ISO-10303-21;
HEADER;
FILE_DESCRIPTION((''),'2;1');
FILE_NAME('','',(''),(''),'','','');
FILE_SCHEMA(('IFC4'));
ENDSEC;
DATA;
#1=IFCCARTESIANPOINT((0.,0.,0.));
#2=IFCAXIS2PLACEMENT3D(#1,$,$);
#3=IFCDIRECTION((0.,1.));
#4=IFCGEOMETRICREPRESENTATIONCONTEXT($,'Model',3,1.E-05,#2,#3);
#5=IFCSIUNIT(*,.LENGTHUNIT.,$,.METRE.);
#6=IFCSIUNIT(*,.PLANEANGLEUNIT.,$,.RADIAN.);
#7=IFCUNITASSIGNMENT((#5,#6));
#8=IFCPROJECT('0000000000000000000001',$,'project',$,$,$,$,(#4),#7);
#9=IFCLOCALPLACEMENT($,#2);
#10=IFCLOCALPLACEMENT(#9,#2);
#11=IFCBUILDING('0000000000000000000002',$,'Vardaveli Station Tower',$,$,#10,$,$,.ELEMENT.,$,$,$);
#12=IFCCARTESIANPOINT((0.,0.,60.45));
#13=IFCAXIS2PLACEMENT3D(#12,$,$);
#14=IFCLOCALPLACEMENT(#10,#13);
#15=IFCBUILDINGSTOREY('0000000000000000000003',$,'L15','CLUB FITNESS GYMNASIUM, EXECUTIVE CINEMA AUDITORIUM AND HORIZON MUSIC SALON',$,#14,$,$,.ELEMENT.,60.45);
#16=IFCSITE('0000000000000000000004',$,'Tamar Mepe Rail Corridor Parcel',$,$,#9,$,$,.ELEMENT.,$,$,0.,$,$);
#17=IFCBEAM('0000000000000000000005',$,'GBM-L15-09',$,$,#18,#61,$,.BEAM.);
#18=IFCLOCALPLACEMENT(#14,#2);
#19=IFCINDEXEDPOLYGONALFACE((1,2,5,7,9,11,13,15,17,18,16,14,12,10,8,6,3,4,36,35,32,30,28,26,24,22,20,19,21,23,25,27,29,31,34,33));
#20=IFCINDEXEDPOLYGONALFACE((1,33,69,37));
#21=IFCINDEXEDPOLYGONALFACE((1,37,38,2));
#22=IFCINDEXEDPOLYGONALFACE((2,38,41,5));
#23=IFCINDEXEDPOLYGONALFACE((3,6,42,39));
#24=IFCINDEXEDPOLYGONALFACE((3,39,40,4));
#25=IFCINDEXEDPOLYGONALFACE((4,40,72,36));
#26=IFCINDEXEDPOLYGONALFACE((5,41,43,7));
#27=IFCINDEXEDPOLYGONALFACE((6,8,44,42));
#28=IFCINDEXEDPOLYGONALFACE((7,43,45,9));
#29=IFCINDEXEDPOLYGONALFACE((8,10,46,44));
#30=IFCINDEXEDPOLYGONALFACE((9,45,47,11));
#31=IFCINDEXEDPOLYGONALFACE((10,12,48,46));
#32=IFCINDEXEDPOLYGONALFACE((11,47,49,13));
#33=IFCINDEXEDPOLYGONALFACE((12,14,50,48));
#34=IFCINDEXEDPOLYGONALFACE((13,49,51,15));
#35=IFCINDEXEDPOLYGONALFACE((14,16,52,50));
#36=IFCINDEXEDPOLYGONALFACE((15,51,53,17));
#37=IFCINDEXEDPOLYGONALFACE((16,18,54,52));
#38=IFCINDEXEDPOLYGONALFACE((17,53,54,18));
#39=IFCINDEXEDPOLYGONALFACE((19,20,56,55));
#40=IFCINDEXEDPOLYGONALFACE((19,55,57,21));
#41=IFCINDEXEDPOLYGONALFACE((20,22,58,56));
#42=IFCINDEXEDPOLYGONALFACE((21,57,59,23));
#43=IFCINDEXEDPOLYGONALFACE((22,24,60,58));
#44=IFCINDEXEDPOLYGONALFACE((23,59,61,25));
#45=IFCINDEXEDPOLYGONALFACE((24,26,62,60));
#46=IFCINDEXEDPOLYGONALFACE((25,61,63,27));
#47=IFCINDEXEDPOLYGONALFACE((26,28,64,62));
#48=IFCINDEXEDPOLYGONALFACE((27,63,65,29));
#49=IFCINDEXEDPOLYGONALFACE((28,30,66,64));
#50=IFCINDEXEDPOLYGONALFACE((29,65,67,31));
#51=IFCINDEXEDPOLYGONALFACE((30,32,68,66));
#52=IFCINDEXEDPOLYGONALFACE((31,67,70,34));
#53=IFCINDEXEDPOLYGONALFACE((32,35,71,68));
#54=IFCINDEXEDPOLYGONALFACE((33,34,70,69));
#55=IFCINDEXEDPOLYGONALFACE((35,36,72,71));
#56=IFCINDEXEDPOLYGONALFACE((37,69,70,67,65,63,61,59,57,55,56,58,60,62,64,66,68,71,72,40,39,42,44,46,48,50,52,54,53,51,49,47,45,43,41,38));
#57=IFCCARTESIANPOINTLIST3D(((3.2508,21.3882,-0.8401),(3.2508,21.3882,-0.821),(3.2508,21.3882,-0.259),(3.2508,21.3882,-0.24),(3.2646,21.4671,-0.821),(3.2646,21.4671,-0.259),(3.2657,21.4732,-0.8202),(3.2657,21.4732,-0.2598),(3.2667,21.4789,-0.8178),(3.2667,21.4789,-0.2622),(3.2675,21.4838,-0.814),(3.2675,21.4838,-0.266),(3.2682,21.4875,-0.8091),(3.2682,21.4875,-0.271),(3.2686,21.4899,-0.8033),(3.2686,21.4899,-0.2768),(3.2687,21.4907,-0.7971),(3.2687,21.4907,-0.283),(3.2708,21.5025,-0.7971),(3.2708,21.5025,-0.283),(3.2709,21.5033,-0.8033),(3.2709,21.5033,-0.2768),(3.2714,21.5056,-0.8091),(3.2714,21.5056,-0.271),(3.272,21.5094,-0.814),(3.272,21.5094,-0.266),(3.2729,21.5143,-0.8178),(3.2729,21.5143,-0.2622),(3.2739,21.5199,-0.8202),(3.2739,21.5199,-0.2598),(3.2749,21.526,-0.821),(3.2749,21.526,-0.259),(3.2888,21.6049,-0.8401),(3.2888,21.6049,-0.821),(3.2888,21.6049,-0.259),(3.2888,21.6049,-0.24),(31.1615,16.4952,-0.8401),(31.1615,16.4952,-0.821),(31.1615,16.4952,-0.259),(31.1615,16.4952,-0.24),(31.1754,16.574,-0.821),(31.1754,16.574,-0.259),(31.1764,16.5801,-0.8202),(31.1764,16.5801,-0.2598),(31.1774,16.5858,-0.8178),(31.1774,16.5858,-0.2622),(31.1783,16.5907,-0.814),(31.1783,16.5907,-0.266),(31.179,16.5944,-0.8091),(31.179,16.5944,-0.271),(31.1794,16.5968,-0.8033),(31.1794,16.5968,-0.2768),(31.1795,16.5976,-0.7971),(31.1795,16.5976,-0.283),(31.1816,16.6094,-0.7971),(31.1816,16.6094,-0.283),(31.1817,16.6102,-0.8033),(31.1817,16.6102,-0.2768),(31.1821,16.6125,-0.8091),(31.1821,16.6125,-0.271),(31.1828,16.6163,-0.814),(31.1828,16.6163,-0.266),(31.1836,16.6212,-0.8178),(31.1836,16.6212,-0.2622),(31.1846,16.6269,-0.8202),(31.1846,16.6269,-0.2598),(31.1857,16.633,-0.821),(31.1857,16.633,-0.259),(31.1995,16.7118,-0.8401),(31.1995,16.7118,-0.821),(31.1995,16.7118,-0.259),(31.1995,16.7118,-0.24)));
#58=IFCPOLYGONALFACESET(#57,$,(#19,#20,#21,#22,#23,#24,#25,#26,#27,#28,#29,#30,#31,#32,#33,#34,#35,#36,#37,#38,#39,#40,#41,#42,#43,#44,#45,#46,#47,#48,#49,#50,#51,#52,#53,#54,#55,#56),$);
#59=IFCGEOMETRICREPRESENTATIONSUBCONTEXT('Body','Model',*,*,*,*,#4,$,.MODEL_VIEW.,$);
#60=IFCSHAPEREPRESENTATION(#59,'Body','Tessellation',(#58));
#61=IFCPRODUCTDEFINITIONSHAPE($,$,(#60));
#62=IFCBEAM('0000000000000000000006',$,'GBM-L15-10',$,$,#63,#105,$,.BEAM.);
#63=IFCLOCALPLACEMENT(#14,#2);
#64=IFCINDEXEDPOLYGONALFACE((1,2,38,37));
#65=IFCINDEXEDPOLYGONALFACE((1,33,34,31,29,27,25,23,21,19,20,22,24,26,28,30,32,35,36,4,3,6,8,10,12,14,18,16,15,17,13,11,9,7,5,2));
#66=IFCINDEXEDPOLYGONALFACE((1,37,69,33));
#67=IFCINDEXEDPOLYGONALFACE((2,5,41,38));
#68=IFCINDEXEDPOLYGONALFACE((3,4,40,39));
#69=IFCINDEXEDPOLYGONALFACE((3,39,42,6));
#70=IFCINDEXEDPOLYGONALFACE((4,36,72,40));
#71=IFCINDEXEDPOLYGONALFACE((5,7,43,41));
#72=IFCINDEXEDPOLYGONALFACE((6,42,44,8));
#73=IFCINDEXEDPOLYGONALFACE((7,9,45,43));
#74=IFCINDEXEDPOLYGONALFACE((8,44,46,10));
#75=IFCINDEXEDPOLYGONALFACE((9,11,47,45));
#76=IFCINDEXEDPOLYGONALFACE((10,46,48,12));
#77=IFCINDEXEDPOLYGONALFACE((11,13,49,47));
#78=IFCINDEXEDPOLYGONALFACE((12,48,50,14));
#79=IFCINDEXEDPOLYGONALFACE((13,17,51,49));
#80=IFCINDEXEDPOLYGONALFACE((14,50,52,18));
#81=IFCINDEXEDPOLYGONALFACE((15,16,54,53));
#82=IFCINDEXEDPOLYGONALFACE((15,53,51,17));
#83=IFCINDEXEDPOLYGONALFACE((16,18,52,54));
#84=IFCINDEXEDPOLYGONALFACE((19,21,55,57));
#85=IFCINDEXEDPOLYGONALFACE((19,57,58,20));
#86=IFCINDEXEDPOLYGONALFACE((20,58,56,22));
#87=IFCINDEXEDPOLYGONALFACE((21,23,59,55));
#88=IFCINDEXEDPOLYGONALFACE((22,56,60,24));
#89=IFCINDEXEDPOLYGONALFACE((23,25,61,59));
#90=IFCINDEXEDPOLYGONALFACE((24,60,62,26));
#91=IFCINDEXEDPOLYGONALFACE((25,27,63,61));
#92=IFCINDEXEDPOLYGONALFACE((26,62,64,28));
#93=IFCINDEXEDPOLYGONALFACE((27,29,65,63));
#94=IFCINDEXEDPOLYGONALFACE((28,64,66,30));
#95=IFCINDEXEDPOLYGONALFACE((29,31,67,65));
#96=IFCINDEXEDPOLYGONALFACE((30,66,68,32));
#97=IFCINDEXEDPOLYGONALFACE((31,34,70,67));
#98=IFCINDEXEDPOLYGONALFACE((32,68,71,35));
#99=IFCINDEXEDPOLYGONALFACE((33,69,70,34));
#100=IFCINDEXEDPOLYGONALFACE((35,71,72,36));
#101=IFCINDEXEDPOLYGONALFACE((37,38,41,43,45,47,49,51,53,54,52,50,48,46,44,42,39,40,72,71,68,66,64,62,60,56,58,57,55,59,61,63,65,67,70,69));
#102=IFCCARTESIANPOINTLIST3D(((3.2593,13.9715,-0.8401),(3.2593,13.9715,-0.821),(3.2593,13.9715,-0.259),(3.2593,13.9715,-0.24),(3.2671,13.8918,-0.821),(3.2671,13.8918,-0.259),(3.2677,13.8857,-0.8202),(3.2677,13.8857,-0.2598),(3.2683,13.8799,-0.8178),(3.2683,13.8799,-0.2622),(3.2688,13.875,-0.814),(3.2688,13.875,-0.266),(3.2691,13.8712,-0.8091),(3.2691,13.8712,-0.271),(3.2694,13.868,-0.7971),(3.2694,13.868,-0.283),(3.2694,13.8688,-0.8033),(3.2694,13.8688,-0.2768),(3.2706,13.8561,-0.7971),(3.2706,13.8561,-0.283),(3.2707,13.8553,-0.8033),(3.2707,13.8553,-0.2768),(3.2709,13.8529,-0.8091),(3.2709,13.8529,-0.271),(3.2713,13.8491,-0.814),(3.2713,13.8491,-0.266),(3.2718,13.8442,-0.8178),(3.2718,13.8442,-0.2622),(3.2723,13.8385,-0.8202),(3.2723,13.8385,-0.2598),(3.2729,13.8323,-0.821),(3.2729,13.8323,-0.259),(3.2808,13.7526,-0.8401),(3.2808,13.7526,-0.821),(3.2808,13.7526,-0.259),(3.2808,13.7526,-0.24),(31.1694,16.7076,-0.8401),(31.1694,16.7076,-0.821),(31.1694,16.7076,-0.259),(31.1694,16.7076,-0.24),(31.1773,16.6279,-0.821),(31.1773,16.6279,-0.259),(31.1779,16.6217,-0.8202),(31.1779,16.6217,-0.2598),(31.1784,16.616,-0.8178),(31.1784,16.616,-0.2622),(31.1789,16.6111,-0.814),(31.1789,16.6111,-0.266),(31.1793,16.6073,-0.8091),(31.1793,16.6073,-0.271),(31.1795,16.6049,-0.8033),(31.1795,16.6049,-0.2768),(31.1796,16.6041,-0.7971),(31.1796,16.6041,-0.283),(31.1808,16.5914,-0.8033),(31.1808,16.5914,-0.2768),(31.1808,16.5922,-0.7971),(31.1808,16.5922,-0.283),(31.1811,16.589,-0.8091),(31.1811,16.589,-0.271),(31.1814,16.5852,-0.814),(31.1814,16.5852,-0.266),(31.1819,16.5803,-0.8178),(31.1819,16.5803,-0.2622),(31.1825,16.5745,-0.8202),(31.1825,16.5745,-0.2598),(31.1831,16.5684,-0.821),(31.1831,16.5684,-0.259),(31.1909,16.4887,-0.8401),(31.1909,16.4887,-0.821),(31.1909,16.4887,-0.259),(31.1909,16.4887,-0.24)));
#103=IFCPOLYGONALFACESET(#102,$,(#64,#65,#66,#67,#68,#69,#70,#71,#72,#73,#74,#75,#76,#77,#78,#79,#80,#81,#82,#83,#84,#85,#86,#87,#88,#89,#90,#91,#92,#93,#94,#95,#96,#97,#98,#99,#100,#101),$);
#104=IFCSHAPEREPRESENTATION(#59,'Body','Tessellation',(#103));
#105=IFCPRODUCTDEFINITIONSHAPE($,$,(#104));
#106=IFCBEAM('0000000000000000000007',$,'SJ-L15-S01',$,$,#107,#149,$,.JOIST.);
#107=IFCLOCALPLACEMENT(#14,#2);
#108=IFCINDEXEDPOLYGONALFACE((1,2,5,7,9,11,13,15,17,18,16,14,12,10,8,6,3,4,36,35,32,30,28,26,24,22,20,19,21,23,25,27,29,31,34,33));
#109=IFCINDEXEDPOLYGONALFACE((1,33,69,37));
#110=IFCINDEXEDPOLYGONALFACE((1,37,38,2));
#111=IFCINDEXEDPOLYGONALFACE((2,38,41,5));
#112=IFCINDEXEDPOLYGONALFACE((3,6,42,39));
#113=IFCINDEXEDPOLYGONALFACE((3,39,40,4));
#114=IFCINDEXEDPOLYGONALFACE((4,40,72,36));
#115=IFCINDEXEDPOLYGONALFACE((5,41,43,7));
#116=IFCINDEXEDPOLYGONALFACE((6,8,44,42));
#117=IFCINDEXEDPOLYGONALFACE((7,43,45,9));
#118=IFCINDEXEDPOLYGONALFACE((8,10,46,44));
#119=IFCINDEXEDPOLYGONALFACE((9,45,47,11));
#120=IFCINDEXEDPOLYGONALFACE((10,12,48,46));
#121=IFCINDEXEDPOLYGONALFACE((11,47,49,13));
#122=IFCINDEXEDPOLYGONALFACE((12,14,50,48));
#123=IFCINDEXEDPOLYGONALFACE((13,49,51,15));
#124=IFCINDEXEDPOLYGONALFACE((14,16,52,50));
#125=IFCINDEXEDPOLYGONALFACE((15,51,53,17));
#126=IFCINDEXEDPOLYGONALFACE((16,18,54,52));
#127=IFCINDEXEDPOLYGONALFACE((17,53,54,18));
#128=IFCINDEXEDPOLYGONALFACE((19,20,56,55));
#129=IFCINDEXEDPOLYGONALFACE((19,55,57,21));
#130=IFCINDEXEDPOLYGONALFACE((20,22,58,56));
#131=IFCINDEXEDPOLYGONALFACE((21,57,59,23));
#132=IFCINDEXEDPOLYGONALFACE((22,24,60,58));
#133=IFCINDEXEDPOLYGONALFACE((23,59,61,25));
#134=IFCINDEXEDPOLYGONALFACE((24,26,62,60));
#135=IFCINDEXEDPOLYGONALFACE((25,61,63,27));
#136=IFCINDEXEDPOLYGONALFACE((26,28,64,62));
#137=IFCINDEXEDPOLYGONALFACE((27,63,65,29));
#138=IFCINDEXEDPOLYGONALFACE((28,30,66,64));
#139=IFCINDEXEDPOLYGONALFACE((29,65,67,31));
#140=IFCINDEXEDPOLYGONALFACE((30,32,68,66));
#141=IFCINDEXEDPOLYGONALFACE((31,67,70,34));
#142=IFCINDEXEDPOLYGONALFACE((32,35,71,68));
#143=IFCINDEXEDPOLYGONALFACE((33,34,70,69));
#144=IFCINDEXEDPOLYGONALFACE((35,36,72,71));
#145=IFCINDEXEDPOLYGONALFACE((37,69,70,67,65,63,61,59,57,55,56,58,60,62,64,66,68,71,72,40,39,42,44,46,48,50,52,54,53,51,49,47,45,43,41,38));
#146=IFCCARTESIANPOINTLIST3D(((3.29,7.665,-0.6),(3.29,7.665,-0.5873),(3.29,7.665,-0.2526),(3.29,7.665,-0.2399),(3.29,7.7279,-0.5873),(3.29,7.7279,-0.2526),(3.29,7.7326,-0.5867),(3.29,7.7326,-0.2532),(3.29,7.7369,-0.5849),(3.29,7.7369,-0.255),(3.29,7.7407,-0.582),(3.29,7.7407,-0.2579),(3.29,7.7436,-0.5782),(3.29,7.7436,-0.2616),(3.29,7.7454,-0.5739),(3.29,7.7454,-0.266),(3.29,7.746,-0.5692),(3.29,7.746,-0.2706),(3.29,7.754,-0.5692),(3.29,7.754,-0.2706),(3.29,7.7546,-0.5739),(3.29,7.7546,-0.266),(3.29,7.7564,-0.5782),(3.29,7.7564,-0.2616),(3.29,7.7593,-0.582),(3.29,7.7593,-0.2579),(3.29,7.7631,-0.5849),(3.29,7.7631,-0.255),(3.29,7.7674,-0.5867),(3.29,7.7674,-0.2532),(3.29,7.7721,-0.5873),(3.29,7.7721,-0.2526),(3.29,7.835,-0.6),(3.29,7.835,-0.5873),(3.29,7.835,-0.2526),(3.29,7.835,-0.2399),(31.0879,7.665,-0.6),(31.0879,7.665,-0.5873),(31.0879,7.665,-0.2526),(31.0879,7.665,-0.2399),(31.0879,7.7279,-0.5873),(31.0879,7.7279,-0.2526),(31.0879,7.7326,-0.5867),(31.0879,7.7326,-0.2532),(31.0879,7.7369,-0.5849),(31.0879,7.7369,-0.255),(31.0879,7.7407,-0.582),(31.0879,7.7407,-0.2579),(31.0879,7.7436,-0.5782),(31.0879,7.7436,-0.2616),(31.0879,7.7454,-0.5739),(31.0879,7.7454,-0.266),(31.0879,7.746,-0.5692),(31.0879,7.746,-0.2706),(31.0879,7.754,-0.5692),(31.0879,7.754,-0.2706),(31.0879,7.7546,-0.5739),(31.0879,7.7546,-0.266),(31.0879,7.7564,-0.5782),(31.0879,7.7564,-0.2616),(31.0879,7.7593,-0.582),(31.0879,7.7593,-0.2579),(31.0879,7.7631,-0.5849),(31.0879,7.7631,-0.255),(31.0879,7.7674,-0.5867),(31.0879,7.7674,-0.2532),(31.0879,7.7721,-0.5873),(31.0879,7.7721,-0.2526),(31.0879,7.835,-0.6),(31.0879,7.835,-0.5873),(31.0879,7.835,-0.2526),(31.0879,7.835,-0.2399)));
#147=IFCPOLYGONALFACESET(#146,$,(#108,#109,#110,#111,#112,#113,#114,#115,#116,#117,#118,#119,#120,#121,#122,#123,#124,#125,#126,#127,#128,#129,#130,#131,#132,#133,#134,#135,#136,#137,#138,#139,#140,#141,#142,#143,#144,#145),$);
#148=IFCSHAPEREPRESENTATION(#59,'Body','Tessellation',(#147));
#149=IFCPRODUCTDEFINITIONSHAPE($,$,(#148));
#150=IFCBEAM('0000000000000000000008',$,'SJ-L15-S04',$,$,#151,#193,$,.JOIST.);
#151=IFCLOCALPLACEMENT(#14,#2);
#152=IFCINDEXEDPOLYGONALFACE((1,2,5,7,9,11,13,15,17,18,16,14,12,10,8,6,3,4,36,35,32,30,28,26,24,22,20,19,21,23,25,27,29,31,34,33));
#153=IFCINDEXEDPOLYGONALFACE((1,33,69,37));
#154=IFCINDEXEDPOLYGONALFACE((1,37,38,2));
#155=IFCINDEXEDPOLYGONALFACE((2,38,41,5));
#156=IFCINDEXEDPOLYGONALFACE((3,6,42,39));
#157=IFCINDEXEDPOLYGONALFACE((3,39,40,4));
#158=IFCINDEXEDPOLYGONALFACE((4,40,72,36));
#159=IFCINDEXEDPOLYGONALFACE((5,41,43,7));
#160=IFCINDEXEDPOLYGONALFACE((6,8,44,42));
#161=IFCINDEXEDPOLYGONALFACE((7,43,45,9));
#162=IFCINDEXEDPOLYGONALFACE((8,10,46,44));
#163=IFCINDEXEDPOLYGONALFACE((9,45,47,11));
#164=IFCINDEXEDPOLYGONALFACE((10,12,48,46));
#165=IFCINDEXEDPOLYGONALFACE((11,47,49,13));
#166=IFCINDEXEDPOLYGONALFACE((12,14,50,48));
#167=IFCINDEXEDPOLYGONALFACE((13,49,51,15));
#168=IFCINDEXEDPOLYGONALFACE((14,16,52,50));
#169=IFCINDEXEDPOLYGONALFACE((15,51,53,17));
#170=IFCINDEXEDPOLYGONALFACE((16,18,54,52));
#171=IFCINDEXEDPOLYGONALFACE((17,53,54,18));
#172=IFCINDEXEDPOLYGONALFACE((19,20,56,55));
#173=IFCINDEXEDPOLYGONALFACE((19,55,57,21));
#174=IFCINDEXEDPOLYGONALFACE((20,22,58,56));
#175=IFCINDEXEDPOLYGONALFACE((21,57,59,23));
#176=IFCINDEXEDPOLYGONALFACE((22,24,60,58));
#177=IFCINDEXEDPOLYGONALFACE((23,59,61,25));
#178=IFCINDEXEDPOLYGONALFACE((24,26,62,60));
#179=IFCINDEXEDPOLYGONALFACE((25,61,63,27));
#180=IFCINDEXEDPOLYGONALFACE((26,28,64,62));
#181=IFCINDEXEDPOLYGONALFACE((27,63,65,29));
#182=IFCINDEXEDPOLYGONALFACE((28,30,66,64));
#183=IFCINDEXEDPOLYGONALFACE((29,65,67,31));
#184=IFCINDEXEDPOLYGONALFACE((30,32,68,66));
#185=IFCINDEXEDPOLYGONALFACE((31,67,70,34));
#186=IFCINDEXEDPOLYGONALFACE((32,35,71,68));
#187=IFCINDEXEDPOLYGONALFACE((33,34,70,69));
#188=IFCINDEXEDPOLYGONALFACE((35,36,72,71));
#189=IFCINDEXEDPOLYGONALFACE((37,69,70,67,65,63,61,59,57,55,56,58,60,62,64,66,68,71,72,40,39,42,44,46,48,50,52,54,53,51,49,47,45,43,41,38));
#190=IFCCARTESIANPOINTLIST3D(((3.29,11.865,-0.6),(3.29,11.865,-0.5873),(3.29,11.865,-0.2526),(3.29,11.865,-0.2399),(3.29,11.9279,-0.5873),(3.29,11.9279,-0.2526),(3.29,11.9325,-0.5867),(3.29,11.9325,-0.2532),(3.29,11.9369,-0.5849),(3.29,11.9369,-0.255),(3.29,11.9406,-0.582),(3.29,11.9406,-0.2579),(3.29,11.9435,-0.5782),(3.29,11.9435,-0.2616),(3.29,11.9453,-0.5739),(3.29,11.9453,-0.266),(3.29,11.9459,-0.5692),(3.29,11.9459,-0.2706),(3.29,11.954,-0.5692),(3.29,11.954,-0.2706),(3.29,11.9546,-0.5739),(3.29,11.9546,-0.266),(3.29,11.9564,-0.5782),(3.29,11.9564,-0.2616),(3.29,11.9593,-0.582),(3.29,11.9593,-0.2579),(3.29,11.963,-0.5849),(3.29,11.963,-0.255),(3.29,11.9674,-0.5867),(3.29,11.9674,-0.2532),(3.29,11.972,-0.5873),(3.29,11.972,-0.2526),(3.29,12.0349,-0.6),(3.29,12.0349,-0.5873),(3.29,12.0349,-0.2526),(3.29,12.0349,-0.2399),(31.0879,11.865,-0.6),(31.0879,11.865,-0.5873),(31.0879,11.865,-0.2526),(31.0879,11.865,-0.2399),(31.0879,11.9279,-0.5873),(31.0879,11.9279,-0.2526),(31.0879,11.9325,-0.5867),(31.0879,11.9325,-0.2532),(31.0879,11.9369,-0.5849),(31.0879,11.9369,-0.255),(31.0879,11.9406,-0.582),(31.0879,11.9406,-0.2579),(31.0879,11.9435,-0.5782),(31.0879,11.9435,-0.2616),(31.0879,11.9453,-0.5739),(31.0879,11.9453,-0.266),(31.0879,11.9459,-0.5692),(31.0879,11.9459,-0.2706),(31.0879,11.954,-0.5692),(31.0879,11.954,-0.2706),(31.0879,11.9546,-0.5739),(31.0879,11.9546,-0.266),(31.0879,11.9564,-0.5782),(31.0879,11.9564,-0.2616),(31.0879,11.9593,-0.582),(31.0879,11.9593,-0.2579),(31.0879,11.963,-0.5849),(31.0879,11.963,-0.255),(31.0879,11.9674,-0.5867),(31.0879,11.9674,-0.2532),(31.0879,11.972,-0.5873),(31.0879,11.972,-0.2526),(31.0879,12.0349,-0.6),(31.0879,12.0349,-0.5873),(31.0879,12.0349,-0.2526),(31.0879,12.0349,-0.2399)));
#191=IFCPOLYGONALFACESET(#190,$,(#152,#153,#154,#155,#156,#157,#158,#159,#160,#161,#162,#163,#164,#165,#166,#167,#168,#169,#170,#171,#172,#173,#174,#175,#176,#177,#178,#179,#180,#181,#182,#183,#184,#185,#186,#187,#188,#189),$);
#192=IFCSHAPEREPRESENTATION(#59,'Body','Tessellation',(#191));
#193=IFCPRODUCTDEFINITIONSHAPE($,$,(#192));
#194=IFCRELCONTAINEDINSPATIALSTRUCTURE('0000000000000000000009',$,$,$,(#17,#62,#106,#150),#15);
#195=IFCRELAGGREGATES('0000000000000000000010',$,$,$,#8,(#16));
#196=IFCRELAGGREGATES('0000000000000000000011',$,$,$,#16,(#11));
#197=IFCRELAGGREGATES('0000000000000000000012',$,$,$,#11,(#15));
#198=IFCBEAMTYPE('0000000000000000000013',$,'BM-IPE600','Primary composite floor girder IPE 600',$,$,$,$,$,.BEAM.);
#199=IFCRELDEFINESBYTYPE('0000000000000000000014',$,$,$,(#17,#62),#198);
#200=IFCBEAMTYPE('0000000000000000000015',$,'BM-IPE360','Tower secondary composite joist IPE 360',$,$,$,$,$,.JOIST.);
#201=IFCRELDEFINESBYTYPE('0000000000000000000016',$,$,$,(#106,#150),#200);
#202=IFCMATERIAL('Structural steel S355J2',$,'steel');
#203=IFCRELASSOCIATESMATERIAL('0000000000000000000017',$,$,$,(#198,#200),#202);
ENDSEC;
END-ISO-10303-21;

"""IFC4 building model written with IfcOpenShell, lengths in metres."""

from ifc_helpers import new_model, si_unit, direction, frame, origin, origin_2d, place, context, subcontext, project, spatial, i_section, extrude, source, transform, mapped, material, material_profile, profile_set, type_object, element, save


model = new_model("IFC4")

# Units and contexts
model_context = context("Model", 3, precision=1e-05, world=origin(), true_north=direction((0.0, 1.0)))
body_context = subcontext(model_context, "Body", "Model", "MODEL_VIEW")
ifc_project = project(units=[si_unit("LENGTHUNIT", "METRE"), si_unit("PLANEANGLEUNIT", "RADIAN")], contexts=[model_context])

# Site, building, storey
site_placement = place(None, origin())
site = spatial("IfcSite", under=ifc_project, at=site_placement, Name="Tamar Mepe Rail Corridor Parcel", CompositionType="ELEMENT", RefElevation=0.0)
building_placement = place(site_placement, origin())
building = spatial("IfcBuilding", under=site, at=building_placement, Name="Vardaveli Station Tower", CompositionType="ELEMENT")
storey_placement = place(building_placement, frame((0.0, 0.0, 60.45)))
storey = spatial("IfcBuildingStorey", under=building, at=storey_placement, Name="L15", Description="CLUB FITNESS GYMNASIUM, EXECUTIVE CINEMA AUDITORIUM AND HORIZON MUSIC SALON", CompositionType="ELEMENT", Elevation=60.45)

# Beams
ifc_material_1 = material(Name="Structural steel S355J2", Category="steel")
ifc_material_profile_1 = material_profile(ifc_material_1, i_section(OverallWidth=0.22, OverallDepth=0.6001, WebThickness=0.012, FlangeThickness=0.019, FilletRadius=0.0239, at=origin_2d()), Name="IPE 600")
ifc_profile_set_1 = profile_set([ifc_material_profile_1], Name="Structural steel S355J2")
beam_type_1 = type_object("IfcBeamType", Name="BM-IPE600", Description="Primary composite floor girder IPE 600", PredefinedType="BEAM", material=ifc_profile_set_1)
shared_shape_1 = source(origin(), body_context, "Body", "SweptSolid", [
    extrude(i_section(OverallWidth=0.22, OverallDepth=0.6001, WebThickness=0.012, FlangeThickness=0.019, FilletRadius=0.0239, at=origin_2d()), origin(), (0.0, 0.0, 1.0), 28.3364),
])
beam_1_placement = place(storey_placement, frame((3.2698, 21.4966, -0.54), z_axis=(0.984978, -0.172678, 0.0), x_axis=(0.172678, 0.984978, 0.0)))
element("IfcBeam", 1, at=beam_1_placement, inside=storey, type_object=beam_type_1, Name="GBM-L15-09", PredefinedType="BEAM", context=body_context, shape_type="MappedRepresentation", body=[
    mapped(shared_shape_1, transform((0.0, 0.0, 0.0), scale=1.0)),
])
shared_shape_2 = source(origin(), body_context, "Body", "SweptSolid", [
    extrude(i_section(OverallWidth=0.22, OverallDepth=0.6001, WebThickness=0.012, FlangeThickness=0.019, FilletRadius=0.0239, at=origin_2d()), origin(), (0.0, 0.0, 1.0), 28.0439),
])
beam_2_placement = place(storey_placement, frame((3.27, 13.8621, -0.54), z_axis=(0.995229, 0.097564, 0.0), x_axis=(-0.097564, 0.995229, 0.0)))
element("IfcBeam", 2, at=beam_2_placement, inside=storey, type_object=beam_type_1, Name="GBM-L15-10", PredefinedType="BEAM", context=body_context, shape_type="MappedRepresentation", body=[
    mapped(shared_shape_2, transform((0.0, 0.0, 0.0), scale=1.0)),
])
ifc_material_profile_2 = material_profile(ifc_material_1, i_section(OverallWidth=0.1699, OverallDepth=0.3601, WebThickness=0.0081, FlangeThickness=0.0127, FilletRadius=0.0181, at=origin_2d()), Name="IPE 360")
ifc_profile_set_2 = profile_set([ifc_material_profile_2], Name="Structural steel S355J2")
beam_type_2 = type_object("IfcBeamType", Name="BM-IPE360", Description="Tower secondary composite joist IPE 360", PredefinedType="JOIST", material=ifc_profile_set_2)
shared_shape_3 = source(origin(), body_context, "Body", "SweptSolid", [
    extrude(i_section(OverallWidth=0.1699, OverallDepth=0.3601, WebThickness=0.0081, FlangeThickness=0.0127, FilletRadius=0.0181, at=origin_2d()), origin(), (0.0, 0.0, 1.0), 27.7979),
])
for number, where, z_axis, x_axis, name in (
    (3, (3.29, 7.75, -0.4199), (1.0, 0.0, 0.0), (0.0, 1.0, 0.0), "SJ-L15-S01"),
    (4, (3.29, 11.95, -0.4199), (1.0, 0.0, 0.0), (0.0, 1.0, 0.0), "SJ-L15-S04"),
):
    element("IfcBeam", number, at=place(storey_placement, frame(where, z_axis=z_axis, x_axis=x_axis)), inside=storey, type_object=beam_type_2, Name=name, PredefinedType="JOIST", context=body_context, shape_type="MappedRepresentation", body=[
        mapped(shared_shape_3, transform((0.0, 0.0, 0.0), scale=1.0)),
    ])

save(model, "model.ifc")
